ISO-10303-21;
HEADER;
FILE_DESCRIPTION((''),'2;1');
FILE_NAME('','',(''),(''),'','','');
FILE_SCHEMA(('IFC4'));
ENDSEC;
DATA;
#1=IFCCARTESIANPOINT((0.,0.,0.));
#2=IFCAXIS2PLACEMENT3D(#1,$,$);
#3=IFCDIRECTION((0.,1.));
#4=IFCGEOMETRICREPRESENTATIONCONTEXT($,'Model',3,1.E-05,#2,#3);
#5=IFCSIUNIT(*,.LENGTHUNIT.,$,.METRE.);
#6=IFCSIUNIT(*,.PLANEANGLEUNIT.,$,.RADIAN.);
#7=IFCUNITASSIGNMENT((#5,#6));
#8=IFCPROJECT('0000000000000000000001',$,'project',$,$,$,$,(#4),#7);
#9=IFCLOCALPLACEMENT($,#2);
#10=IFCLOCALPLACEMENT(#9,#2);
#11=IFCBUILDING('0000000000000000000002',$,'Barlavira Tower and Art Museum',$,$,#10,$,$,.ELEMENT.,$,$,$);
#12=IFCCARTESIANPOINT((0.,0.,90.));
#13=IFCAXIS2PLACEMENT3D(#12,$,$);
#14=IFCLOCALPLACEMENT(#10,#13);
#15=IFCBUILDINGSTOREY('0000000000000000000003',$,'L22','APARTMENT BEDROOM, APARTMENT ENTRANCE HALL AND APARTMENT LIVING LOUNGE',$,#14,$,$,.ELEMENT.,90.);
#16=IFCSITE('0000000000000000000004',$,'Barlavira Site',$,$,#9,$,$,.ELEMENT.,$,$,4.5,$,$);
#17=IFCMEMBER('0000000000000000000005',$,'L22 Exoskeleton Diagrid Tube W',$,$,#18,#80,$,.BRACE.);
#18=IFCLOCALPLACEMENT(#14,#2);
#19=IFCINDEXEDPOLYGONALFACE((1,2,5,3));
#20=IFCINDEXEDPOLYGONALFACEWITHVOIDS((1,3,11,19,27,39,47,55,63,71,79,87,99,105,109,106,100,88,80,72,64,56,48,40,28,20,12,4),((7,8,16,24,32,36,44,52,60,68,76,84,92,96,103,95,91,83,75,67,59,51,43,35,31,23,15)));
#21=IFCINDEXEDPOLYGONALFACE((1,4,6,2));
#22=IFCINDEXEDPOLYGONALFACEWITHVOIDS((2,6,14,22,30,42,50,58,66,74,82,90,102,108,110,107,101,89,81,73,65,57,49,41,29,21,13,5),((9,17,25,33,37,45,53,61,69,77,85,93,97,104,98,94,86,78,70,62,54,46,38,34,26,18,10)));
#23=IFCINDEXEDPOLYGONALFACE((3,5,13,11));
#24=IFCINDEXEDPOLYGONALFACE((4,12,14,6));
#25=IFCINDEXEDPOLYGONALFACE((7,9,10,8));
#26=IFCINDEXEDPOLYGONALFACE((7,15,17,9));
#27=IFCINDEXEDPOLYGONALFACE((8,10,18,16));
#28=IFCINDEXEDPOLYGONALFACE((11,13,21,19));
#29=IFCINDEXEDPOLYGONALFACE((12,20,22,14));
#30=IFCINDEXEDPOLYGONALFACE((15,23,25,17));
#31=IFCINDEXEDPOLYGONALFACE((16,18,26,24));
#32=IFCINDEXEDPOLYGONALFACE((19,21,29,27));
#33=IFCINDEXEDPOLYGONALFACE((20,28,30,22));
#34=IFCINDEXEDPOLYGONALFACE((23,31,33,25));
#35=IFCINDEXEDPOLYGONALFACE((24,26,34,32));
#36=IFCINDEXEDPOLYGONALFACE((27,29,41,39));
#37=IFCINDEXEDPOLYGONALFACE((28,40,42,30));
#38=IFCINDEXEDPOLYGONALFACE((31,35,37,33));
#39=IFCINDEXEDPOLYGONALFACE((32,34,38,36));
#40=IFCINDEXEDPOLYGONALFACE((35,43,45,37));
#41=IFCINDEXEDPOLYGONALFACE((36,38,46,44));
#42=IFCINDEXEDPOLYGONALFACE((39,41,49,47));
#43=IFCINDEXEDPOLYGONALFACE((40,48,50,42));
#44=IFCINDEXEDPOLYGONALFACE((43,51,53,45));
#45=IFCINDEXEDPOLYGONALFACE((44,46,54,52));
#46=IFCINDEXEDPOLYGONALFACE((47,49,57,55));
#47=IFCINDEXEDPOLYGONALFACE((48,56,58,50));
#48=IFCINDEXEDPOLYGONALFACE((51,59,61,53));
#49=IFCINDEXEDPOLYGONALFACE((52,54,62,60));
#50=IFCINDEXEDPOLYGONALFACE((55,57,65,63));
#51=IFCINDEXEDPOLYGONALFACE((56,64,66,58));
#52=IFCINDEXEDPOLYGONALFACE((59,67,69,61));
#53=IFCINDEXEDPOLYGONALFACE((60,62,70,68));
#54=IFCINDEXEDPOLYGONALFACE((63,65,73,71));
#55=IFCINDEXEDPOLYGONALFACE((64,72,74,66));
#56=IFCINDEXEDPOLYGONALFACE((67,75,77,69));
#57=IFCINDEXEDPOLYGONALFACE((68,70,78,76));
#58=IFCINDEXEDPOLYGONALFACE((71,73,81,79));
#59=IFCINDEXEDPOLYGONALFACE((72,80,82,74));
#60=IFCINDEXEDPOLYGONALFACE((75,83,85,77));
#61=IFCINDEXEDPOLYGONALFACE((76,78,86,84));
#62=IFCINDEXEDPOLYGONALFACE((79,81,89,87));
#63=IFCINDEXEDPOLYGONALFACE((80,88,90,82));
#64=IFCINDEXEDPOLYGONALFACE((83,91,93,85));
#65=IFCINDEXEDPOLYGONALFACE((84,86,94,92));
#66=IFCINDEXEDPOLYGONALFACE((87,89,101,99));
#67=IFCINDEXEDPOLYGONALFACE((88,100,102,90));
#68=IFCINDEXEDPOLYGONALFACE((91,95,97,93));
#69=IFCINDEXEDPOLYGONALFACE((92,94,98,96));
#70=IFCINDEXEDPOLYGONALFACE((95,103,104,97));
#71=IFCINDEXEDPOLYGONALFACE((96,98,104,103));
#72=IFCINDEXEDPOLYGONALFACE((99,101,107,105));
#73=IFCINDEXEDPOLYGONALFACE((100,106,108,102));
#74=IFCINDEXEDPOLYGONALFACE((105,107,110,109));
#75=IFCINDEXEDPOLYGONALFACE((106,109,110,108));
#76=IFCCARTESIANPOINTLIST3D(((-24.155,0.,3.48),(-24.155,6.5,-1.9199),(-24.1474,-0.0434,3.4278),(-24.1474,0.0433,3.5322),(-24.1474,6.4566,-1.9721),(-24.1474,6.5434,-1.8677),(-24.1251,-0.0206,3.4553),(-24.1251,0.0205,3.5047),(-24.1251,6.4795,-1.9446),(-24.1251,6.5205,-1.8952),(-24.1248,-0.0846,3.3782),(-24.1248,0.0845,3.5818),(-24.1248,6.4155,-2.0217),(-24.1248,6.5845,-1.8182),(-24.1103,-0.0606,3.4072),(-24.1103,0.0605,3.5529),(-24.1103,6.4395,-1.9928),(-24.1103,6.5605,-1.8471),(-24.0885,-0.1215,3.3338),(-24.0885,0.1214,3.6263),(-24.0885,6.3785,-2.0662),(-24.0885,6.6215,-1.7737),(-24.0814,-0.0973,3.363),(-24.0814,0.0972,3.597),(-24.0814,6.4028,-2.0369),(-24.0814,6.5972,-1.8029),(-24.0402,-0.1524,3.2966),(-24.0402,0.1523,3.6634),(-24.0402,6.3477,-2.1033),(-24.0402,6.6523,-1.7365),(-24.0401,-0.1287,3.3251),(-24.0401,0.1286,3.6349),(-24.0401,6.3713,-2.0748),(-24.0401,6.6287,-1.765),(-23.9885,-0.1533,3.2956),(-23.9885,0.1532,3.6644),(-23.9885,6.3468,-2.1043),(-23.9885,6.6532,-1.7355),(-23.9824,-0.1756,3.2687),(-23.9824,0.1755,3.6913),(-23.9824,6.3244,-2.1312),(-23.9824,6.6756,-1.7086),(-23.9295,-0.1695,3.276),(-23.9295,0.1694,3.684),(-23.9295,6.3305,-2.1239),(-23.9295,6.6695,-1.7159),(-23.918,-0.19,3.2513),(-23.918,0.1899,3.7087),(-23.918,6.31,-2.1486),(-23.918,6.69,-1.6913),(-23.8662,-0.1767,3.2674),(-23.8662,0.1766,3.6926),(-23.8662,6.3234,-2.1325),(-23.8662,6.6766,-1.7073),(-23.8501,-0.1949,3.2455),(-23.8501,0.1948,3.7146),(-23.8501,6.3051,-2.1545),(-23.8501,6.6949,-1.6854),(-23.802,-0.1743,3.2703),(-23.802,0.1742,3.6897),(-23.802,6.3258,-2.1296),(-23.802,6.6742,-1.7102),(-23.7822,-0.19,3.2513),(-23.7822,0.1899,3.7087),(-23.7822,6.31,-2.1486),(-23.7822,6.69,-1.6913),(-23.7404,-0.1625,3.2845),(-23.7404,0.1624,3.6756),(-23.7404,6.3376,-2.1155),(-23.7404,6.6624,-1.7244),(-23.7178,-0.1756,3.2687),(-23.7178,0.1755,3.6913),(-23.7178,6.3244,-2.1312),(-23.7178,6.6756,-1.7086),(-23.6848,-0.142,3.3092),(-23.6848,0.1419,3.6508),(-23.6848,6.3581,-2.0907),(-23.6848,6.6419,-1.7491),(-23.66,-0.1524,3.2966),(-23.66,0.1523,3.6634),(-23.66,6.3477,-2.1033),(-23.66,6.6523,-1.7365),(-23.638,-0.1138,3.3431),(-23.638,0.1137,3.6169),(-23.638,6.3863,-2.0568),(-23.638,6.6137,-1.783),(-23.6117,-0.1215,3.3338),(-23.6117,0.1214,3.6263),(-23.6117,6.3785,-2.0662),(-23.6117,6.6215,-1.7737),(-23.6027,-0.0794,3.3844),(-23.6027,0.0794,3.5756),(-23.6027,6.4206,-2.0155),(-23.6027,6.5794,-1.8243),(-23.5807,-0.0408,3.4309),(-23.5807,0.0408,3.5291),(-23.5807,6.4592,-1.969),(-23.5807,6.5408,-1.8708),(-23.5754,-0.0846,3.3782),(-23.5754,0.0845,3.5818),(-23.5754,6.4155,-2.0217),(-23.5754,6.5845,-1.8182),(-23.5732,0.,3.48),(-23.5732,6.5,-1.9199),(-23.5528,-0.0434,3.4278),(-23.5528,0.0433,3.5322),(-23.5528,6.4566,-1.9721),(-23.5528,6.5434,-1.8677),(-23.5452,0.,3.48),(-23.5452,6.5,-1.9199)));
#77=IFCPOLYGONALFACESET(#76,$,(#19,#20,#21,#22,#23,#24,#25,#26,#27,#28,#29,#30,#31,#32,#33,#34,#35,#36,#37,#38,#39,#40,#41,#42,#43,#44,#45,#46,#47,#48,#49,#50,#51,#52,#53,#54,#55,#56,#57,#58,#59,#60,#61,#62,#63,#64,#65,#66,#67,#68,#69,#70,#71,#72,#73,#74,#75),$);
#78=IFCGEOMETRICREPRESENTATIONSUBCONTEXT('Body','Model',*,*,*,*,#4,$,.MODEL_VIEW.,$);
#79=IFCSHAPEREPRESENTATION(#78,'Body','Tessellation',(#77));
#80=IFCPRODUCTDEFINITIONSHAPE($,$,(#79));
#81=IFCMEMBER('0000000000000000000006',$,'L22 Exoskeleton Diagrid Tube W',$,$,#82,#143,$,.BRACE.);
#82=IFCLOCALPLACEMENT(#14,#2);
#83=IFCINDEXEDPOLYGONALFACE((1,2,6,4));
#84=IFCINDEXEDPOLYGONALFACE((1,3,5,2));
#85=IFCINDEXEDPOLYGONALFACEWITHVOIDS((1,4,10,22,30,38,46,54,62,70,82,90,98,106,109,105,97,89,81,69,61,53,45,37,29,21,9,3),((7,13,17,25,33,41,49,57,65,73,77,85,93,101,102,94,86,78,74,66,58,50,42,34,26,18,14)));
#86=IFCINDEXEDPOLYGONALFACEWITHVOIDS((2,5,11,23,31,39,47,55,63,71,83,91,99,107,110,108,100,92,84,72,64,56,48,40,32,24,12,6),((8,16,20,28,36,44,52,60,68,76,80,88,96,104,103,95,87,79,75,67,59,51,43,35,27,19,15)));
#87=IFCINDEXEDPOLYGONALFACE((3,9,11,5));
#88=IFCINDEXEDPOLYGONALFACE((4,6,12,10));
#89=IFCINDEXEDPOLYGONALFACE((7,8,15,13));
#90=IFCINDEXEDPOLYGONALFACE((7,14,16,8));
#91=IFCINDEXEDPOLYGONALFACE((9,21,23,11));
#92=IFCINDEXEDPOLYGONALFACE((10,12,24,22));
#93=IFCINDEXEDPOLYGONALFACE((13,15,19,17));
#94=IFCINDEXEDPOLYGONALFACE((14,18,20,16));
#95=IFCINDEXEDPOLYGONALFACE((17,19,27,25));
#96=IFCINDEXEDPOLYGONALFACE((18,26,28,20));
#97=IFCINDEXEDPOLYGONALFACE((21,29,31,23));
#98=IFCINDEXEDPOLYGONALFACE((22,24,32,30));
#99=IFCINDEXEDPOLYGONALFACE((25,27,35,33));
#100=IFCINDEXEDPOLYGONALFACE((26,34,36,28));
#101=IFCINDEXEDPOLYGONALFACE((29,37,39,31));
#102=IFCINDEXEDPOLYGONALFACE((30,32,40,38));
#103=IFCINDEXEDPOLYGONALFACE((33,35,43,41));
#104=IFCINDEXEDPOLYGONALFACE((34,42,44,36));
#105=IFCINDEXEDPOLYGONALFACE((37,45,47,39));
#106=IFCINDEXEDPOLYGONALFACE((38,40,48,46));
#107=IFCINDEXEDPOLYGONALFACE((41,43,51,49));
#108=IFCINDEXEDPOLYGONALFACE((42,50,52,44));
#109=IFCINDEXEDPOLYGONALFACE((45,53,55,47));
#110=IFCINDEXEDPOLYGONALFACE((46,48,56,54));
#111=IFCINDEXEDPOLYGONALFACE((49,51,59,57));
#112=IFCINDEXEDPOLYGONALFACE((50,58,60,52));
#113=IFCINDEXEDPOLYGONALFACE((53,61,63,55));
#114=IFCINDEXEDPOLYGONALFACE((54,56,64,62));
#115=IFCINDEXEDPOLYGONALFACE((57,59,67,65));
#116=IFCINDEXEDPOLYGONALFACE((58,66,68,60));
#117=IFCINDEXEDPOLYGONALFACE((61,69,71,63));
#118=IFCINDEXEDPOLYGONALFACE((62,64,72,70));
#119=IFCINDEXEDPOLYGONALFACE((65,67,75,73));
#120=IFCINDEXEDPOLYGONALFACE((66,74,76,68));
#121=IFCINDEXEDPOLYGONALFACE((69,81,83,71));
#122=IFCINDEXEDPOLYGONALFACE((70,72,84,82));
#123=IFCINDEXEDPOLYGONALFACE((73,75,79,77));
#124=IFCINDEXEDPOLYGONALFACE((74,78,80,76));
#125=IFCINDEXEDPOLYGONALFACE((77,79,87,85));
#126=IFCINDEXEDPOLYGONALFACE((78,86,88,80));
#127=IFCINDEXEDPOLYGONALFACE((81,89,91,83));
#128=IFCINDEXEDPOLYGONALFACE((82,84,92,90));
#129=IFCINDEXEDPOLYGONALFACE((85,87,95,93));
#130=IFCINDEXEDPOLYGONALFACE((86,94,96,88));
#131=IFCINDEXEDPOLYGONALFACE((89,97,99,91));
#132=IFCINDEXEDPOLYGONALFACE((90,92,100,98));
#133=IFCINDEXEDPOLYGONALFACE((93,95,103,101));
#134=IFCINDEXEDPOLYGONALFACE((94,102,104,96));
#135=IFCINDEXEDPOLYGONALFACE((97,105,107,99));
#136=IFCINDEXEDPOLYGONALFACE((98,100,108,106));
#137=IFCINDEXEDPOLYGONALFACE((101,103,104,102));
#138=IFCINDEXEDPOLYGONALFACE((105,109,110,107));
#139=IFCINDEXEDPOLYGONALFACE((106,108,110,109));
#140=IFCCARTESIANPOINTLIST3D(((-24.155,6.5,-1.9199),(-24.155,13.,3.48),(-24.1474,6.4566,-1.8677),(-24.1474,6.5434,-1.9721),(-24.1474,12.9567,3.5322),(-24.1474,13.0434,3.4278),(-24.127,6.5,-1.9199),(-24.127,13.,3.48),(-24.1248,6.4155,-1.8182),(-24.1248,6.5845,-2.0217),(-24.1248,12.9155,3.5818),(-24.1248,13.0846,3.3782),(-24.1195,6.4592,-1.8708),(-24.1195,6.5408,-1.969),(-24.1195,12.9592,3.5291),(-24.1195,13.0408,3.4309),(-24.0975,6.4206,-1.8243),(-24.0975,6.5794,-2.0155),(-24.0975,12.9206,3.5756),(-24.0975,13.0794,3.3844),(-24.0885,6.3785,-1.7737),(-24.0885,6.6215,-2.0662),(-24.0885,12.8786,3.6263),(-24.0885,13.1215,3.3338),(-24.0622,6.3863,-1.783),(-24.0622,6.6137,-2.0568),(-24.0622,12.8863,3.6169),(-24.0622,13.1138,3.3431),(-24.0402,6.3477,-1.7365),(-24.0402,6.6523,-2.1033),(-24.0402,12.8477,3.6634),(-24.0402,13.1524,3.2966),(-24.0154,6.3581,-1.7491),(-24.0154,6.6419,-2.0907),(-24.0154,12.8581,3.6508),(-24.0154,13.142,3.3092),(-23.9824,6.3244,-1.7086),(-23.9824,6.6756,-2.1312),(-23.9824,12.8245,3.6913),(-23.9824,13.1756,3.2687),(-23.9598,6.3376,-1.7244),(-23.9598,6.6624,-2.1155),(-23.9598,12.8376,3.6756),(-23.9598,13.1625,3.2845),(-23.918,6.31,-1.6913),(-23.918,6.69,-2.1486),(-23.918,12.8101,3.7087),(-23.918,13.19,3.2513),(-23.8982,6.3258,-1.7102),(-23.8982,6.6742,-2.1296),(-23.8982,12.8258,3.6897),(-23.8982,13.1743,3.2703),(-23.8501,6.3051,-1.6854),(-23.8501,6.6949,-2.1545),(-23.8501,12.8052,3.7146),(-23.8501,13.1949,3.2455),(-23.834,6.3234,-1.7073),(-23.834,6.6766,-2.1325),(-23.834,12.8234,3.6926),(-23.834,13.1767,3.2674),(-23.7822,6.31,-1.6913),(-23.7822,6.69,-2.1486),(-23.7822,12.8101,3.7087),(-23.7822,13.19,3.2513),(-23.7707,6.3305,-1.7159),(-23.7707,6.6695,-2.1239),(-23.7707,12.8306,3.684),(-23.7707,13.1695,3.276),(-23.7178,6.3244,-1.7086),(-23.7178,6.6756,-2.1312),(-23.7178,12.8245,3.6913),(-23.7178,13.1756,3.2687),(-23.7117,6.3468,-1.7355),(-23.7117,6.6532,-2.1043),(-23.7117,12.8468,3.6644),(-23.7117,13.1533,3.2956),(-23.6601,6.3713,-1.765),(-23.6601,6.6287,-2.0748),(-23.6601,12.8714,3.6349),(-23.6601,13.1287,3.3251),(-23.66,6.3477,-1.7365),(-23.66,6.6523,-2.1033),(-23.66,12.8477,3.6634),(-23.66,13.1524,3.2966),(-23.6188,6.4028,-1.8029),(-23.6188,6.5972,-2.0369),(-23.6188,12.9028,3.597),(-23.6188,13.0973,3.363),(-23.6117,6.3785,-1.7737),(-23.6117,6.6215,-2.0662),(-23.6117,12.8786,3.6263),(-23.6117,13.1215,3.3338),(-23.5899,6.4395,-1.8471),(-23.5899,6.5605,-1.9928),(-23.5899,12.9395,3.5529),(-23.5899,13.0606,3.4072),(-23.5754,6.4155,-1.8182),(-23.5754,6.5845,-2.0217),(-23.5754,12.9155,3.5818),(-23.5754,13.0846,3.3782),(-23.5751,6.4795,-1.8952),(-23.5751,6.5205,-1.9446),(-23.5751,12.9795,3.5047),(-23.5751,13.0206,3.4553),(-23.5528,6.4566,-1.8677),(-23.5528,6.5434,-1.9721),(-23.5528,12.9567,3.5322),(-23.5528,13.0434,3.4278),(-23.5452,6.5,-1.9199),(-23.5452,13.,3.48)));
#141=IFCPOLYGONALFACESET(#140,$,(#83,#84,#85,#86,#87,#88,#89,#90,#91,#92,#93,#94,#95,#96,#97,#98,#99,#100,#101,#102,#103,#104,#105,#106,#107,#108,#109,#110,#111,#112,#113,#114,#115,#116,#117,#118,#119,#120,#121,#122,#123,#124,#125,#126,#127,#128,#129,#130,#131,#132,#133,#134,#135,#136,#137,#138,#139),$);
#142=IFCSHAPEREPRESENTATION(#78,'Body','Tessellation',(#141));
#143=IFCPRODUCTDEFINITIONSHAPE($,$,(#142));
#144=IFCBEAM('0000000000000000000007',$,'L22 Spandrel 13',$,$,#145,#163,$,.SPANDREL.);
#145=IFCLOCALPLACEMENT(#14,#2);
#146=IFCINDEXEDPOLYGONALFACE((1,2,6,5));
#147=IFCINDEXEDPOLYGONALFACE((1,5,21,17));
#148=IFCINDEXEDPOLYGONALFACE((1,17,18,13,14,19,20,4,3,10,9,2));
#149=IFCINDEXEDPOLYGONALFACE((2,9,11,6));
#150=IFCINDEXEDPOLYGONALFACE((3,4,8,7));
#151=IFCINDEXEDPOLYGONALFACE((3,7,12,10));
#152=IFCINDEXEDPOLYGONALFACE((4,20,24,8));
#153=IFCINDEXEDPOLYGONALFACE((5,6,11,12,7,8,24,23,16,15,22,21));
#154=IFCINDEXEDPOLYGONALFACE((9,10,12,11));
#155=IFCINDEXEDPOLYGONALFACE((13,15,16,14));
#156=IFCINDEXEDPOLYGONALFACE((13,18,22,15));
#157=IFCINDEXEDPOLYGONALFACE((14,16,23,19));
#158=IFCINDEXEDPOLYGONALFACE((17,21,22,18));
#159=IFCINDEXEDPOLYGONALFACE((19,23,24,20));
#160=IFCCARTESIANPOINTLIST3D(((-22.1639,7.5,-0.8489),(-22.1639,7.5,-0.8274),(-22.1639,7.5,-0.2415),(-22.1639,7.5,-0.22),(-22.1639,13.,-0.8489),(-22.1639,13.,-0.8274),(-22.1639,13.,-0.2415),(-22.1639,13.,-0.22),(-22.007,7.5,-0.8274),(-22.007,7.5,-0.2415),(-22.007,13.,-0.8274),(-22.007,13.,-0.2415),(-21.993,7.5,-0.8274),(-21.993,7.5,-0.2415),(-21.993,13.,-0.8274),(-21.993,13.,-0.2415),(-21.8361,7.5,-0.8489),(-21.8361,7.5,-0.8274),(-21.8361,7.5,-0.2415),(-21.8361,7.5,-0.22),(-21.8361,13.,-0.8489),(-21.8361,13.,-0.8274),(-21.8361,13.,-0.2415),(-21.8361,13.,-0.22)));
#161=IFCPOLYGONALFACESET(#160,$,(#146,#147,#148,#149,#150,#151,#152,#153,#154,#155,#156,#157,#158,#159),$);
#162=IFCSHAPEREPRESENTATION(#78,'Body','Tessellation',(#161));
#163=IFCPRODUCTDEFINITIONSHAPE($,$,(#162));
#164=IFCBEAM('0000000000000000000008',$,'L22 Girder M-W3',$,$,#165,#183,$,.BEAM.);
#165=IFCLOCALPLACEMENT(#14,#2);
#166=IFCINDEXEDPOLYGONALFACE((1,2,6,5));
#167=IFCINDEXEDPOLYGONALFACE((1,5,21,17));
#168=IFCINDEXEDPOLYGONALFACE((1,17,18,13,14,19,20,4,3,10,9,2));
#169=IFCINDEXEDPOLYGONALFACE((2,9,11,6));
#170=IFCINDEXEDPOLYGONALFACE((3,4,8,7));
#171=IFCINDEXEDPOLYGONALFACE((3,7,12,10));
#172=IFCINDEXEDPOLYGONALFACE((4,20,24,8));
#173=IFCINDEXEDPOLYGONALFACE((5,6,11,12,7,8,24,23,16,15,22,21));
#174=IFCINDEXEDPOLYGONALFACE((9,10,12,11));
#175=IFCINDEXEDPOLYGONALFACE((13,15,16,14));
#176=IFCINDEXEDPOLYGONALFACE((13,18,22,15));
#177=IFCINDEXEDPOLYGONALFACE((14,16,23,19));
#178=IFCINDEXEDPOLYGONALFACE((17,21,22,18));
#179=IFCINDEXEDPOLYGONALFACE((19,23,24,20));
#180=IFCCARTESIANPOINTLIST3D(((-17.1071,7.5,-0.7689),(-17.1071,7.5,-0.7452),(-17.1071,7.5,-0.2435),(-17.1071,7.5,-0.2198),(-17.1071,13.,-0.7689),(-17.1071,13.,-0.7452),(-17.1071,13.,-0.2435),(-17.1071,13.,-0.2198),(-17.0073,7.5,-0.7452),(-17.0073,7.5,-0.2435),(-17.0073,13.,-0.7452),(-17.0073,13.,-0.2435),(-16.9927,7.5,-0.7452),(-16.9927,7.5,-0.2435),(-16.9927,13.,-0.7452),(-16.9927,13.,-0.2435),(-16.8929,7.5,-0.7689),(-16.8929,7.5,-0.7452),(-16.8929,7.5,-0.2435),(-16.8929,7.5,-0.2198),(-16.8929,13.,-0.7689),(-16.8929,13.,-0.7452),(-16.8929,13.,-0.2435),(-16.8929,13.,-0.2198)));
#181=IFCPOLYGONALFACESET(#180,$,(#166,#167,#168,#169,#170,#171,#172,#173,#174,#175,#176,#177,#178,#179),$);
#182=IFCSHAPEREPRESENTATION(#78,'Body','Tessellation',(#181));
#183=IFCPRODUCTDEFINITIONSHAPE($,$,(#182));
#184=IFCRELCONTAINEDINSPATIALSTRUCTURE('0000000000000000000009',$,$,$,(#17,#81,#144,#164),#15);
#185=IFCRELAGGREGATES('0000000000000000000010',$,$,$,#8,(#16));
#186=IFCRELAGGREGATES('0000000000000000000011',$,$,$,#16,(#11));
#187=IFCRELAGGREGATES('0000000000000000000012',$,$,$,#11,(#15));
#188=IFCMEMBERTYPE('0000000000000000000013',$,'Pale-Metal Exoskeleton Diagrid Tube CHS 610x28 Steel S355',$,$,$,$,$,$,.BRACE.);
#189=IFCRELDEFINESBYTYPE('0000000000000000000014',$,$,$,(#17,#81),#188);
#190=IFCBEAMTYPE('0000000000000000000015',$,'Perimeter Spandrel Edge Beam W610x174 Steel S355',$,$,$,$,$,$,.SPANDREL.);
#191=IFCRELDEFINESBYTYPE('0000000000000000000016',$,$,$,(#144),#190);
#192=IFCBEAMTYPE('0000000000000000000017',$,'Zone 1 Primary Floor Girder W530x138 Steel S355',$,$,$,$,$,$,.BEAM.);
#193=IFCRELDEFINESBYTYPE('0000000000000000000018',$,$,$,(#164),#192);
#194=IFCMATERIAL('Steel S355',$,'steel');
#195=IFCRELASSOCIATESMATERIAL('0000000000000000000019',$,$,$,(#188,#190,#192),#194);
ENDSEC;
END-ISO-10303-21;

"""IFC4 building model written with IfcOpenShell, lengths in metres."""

from ifc_helpers import new_model, si_unit, direction, frame, origin, origin_2d, place, context, subcontext, project, spatial, hollow_circle, i_section, extrude, material, material_profile, profile_set, type_object, element, save


model = new_model("IFC4")

# Units and contexts
model_context = context("Model", 3, precision=1e-05, world=origin(), true_north=direction((0.0, 1.0)))
body_context = subcontext(model_context, "Body", "Model", "MODEL_VIEW")
ifc_project = project(units=[si_unit("LENGTHUNIT", "METRE"), si_unit("PLANEANGLEUNIT", "RADIAN")], contexts=[model_context])

# Site, building, storey
site_placement = place(None, origin())
site = spatial("IfcSite", under=ifc_project, at=site_placement, Name="Barlavira Site", CompositionType="ELEMENT", RefElevation=4.5)
building_placement = place(site_placement, origin())
building = spatial("IfcBuilding", under=site, at=building_placement, Name="Barlavira Tower and Art Museum", CompositionType="ELEMENT")
storey_placement = place(building_placement, frame((0.0, 0.0, 90.0)))
storey = spatial("IfcBuildingStorey", under=building, at=storey_placement, Name="L22", Description="APARTMENT BEDROOM, APARTMENT ENTRANCE HALL AND APARTMENT LIVING LOUNGE", CompositionType="ELEMENT", Elevation=90.0)

# Members
ifc_material_1 = material(Name="Steel S355", Category="steel")
ifc_material_profile_1 = material_profile(ifc_material_1, hollow_circle(Radius=0.3049, WallThickness=0.0281, at=origin_2d()), Name="CHS 610.0x28.0")
ifc_profile_set_1 = profile_set([ifc_material_profile_1], Name="Steel S355")
member_type_1 = type_object("IfcMemberType", Name="Pale-Metal Exoskeleton Diagrid Tube CHS 610x28 Steel S355", PredefinedType="BRACE", material=ifc_profile_set_1)
for number, where, z_axis, x_axis, name in (
    (1, (-23.8501, 6.5, -1.9199), (0.0, -0.769196, 0.639013), (1.0, 0.0, 0.0), "L22 Exoskeleton Diagrid Tube W"),
    (2, (-23.8501, 6.5, -1.9199), (0.0, 0.769196, 0.639013), (-1.0, 0.0, 0.0), "L22 Exoskeleton Diagrid Tube W"),
):
    element("IfcMember", number, at=place(storey_placement, frame(where, z_axis=z_axis, x_axis=x_axis)), inside=storey, type_object=member_type_1, Name=name, PredefinedType="BRACE", context=body_context, shape_type="SweptSolid", body=[
        extrude(hollow_circle(Radius=0.3049, WallThickness=0.0281, at=origin_2d()), origin(), (0.0, 0.0, 1.0), 8.4504),
    ])

# Beams
ifc_material_profile_2 = material_profile(ifc_material_1, i_section(OverallWidth=0.3279, OverallDepth=0.6289, WebThickness=0.0139, FlangeThickness=0.0215, at=origin_2d()), Name="W610x174.0")
ifc_profile_set_2 = profile_set([ifc_material_profile_2], Name="Steel S355")
beam_type_1 = type_object("IfcBeamType", Name="Perimeter Spandrel Edge Beam W610x174 Steel S355", PredefinedType="SPANDREL", material=ifc_profile_set_2)
beam_1_placement = place(storey_placement, frame((-22.0, 7.5, -0.5344), z_axis=(0.0, 1.0, 0.0), x_axis=(-1.0, 0.0, 0.0)))
element("IfcBeam", 3, at=beam_1_placement, inside=storey, type_object=beam_type_1, Name="L22 Spandrel 13", PredefinedType="SPANDREL", context=body_context, shape_type="SweptSolid", body=[
    extrude(i_section(OverallWidth=0.3279, OverallDepth=0.6289, WebThickness=0.0139, FlangeThickness=0.0215, at=origin_2d()), origin(), (0.0, 0.0, 1.0), 5.5),
])
ifc_material_profile_3 = material_profile(ifc_material_1, i_section(OverallWidth=0.2141, OverallDepth=0.5491, WebThickness=0.0146, FlangeThickness=0.0237, at=origin_2d()), Name="W530x138.0")
ifc_profile_set_3 = profile_set([ifc_material_profile_3], Name="Steel S355")
beam_type_2 = type_object("IfcBeamType", Name="Zone 1 Primary Floor Girder W530x138 Steel S355", PredefinedType="BEAM", material=ifc_profile_set_3)
beam_2_placement = place(storey_placement, frame((-17.0, 7.5, -0.4944), z_axis=(0.0, 1.0, 0.0), x_axis=(-1.0, 0.0, 0.0)))
element("IfcBeam", 4, at=beam_2_placement, inside=storey, type_object=beam_type_2, Name="L22 Girder M-W3", PredefinedType="BEAM", context=body_context, shape_type="SweptSolid", body=[
    extrude(i_section(OverallWidth=0.2141, OverallDepth=0.5491, WebThickness=0.0146, FlangeThickness=0.0237, at=origin_2d()), origin(), (0.0, 0.0, 1.0), 5.5),
])

save(model, "model.ifc")
